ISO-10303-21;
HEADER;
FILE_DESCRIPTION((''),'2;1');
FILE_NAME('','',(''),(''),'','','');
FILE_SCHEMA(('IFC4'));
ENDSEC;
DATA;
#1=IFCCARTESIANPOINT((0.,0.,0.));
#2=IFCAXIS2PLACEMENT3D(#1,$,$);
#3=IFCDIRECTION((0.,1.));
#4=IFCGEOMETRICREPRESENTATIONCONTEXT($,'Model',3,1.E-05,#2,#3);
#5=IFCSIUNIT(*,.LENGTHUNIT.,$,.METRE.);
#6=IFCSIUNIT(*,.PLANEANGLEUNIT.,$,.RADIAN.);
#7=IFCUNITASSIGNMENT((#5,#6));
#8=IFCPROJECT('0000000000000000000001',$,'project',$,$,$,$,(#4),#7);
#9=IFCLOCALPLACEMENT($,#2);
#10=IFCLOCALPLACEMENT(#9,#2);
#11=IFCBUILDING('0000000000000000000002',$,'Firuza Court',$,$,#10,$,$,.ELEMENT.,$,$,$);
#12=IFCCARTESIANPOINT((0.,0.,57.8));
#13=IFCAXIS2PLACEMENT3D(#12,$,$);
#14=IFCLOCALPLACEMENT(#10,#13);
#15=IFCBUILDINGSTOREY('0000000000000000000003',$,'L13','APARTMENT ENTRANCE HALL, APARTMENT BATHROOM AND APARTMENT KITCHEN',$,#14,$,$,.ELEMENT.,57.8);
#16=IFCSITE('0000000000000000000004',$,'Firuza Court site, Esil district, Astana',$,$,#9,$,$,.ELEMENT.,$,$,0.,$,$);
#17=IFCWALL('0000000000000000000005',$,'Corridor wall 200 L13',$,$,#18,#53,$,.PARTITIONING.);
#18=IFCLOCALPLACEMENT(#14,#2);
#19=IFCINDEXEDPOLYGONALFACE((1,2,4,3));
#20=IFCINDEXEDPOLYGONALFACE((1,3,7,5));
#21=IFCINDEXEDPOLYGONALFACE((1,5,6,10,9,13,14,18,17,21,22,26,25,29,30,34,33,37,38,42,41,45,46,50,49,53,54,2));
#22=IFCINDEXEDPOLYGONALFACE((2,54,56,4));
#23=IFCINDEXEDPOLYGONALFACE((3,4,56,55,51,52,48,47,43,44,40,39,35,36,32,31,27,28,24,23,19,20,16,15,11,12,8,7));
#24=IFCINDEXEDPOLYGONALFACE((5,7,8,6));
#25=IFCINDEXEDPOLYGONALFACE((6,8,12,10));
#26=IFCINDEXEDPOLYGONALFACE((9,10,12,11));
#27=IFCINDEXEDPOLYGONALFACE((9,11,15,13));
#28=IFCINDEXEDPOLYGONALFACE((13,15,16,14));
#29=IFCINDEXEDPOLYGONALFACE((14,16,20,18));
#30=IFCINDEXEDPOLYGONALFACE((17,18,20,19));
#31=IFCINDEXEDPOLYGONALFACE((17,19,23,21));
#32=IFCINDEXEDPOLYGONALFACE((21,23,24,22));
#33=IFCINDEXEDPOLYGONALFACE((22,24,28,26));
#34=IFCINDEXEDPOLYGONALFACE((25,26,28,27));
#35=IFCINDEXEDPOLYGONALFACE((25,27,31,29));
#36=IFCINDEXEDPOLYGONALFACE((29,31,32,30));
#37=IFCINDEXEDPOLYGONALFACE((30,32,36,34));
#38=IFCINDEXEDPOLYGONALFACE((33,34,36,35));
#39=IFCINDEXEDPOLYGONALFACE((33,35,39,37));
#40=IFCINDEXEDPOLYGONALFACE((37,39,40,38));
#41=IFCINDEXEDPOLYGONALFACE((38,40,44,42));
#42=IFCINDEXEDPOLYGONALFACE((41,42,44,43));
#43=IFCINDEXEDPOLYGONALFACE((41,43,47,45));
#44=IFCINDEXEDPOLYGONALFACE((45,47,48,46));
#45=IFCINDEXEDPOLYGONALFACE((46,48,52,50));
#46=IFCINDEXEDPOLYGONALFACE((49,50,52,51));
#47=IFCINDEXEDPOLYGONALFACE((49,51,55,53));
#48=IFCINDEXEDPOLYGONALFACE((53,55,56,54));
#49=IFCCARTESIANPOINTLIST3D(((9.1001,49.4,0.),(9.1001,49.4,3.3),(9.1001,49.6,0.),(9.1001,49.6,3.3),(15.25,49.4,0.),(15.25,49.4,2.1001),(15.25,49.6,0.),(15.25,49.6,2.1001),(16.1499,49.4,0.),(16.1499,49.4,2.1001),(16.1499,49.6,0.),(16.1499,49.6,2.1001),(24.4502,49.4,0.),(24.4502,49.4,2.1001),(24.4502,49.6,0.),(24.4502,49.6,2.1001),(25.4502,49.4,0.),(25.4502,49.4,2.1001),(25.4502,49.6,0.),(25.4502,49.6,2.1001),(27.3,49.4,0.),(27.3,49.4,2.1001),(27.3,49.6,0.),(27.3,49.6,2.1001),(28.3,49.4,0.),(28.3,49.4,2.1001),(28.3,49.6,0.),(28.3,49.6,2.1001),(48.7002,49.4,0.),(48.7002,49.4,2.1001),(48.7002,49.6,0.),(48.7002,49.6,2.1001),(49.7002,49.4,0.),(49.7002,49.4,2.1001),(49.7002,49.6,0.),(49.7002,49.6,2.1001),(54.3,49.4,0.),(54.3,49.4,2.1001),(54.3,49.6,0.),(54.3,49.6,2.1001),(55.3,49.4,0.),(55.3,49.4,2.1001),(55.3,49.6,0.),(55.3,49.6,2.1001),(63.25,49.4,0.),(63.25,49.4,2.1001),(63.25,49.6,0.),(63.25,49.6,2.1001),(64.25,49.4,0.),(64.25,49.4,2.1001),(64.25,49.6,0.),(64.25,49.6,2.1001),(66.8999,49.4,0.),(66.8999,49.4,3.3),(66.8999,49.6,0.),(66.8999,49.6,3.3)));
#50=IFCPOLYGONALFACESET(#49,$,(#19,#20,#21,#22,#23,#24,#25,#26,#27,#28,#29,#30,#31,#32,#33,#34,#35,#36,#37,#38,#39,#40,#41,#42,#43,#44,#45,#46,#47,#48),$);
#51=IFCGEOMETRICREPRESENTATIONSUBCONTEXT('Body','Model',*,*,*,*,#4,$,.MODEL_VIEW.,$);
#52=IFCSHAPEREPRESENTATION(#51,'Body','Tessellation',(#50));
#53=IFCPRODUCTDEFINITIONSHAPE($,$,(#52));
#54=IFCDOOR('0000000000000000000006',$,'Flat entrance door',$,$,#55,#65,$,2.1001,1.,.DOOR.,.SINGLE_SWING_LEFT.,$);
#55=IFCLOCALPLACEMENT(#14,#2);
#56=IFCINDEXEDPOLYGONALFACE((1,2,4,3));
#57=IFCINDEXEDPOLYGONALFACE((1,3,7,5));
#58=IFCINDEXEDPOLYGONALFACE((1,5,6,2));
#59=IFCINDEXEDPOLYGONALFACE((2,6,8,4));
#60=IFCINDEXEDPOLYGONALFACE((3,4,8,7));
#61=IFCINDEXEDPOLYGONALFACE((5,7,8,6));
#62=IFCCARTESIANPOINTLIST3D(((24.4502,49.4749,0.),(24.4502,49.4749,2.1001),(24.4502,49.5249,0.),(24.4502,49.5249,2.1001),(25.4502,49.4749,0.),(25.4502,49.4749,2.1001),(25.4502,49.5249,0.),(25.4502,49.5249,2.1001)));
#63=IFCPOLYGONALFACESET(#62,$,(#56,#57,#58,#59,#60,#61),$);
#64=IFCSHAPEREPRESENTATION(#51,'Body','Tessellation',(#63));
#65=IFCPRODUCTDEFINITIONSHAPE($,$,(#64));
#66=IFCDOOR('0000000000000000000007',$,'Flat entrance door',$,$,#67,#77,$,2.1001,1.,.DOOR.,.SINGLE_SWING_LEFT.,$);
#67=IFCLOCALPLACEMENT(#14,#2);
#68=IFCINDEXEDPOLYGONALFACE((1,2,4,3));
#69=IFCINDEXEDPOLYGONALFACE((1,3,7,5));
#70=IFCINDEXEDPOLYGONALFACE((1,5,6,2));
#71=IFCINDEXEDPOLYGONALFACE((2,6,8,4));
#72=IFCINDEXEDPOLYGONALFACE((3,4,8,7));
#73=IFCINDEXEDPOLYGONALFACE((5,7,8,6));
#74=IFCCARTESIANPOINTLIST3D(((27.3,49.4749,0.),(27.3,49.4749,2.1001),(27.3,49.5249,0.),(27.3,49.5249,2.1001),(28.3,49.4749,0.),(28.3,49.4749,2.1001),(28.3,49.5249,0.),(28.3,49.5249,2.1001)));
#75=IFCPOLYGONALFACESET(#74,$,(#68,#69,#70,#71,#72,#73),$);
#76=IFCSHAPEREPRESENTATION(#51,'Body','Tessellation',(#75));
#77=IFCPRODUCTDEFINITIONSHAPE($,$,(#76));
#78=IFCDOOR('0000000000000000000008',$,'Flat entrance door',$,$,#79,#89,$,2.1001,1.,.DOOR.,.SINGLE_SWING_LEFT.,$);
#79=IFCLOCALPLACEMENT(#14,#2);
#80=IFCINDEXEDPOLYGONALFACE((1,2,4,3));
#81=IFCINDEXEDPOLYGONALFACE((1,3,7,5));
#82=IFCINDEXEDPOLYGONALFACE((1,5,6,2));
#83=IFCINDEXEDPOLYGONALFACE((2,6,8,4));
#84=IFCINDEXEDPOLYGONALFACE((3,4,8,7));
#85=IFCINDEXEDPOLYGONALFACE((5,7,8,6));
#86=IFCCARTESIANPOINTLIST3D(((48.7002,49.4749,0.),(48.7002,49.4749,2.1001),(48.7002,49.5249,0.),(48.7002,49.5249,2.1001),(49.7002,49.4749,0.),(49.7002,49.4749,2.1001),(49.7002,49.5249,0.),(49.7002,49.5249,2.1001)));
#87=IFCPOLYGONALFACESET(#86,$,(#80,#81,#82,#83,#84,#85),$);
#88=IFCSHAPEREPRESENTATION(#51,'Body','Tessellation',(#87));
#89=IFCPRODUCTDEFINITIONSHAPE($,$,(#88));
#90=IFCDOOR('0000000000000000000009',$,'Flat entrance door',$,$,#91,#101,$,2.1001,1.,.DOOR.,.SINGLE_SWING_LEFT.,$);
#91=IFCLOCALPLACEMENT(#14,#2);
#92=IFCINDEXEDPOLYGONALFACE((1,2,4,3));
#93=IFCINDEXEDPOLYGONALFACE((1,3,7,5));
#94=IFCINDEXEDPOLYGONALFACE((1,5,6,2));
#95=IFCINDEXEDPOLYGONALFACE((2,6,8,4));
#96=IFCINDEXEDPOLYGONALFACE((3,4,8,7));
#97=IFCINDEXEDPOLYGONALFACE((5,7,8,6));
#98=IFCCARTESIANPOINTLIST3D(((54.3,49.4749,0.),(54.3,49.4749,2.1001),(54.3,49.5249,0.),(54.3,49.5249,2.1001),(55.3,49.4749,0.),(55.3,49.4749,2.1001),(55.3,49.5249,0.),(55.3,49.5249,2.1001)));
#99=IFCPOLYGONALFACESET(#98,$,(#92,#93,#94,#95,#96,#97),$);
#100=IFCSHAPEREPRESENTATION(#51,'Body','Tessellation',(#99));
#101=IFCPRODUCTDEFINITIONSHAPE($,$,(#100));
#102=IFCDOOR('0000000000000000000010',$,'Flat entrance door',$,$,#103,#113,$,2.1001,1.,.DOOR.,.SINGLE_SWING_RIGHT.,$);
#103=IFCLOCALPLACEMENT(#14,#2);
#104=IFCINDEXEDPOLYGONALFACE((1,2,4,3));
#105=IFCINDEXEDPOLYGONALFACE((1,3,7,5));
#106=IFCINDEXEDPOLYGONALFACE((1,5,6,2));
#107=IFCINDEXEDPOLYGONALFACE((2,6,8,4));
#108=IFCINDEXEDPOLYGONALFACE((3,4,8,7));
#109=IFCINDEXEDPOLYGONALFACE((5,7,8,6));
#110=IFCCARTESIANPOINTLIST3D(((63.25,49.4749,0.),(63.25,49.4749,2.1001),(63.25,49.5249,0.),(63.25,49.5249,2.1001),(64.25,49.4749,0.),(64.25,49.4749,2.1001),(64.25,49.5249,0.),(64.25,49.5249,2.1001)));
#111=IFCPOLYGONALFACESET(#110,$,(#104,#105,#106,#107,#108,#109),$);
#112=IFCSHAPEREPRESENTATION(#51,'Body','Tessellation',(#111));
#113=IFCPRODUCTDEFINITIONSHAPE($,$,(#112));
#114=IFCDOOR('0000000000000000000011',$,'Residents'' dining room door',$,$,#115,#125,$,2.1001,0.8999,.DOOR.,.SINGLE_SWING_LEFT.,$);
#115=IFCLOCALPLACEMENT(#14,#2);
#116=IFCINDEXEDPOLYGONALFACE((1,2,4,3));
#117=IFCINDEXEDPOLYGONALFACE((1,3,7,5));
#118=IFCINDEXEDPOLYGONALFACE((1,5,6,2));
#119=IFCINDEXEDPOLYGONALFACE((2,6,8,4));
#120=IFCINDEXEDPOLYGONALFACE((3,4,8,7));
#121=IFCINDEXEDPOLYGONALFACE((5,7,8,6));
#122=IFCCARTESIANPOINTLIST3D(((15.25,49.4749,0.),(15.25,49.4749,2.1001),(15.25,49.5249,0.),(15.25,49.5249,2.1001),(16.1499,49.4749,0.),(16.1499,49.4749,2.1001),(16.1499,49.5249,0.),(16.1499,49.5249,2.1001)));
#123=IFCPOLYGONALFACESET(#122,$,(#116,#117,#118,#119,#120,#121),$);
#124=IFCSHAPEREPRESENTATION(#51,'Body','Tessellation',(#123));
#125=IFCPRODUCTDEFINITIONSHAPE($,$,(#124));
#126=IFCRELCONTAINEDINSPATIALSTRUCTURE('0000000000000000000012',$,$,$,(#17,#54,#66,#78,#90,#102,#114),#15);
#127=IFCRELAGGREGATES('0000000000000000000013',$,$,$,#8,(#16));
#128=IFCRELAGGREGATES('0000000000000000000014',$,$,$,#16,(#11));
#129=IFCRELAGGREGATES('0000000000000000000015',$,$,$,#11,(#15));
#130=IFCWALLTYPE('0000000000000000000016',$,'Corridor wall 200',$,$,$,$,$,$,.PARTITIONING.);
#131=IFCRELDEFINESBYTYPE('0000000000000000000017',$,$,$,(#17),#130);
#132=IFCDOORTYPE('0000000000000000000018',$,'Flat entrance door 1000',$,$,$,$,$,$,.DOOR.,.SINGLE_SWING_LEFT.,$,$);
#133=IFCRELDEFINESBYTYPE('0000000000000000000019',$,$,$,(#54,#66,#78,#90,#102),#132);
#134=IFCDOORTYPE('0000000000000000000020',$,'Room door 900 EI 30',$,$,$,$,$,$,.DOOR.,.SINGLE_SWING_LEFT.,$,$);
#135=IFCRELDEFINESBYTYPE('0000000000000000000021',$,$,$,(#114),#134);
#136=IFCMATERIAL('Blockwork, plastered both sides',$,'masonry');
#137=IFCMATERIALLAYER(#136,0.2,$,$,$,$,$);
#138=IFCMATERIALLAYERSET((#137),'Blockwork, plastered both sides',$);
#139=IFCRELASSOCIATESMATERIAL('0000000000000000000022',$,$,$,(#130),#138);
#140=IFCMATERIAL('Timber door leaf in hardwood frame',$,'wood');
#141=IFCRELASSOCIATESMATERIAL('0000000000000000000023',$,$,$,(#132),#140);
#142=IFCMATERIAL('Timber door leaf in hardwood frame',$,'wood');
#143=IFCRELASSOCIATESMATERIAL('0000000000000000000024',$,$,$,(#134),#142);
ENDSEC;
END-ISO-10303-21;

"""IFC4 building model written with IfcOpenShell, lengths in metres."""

from ifc_helpers import new_model, si_unit, direction, frame, frame_2d, origin, place, context, subcontext, project, spatial, rectangle, extrude, material, layer, layer_set, type_object, element, fill, save


model = new_model("IFC4")

# Units and contexts
model_context = context("Model", 3, precision=1e-05, world=origin(), true_north=direction((0.0, 1.0)))
body_context = subcontext(model_context, "Body", "Model", "MODEL_VIEW")
ifc_project = project(units=[si_unit("LENGTHUNIT", "METRE"), si_unit("PLANEANGLEUNIT", "RADIAN")], contexts=[model_context])

# Site, building, storey
site_placement = place(None, origin())
site = spatial("IfcSite", under=ifc_project, at=site_placement, Name="Firuza Court site, Esil district, Astana", CompositionType="ELEMENT", RefElevation=0.0)
building_placement = place(site_placement, origin())
building = spatial("IfcBuilding", under=site, at=building_placement, Name="Firuza Court", CompositionType="ELEMENT")
storey_placement = place(building_placement, frame((0.0, 0.0, 57.8)))
storey = spatial("IfcBuildingStorey", under=building, at=storey_placement, Name="L13", Description="APARTMENT ENTRANCE HALL, APARTMENT BATHROOM AND APARTMENT KITCHEN", CompositionType="ELEMENT", Elevation=57.8)

# Wall, openings, doors
ifc_material_1 = material(Name="Blockwork, plastered both sides", Category="masonry")
ifc_layer_1 = layer(ifc_material_1, 0.2)
ifc_layer_set_1 = layer_set([ifc_layer_1], Name="Blockwork, plastered both sides")
wall_type_1 = type_object("IfcWallType", Name="Corridor wall 200", PredefinedType="PARTITIONING", material=ifc_layer_set_1)
wall_1_placement = place(storey_placement, frame((9.1001, 49.5, 0.0), z_axis=(0.0, 0.0, 1.0), x_axis=(1.0, 0.0, 0.0)))
wall_1 = element("IfcWall", 1, at=wall_1_placement, inside=storey, type_object=wall_type_1, Name="Corridor wall 200 L13", PredefinedType="PARTITIONING", context=body_context, shape_type="SweptSolid", body=[
    extrude(rectangle(XDim=57.7998, YDim=0.2, at=frame_2d((28.8999, 0.0))), origin(), (0.0, 0.0, 1.0), 3.3),
])
opening_1_placement = place(wall_1_placement, frame((15.3501, 0.0, 0.0)))
opening_1 = element("IfcOpeningElement", 2, at=opening_1_placement, cuts=wall_1, PredefinedType="OPENING", context=body_context, shape_type="SweptSolid", body=[
    extrude(rectangle(XDim=1.0, YDim=2.1001, at=frame_2d((0.5, 1.05))), frame((0.0, 0.1118, 0.0), z_axis=(0.0, -1.0, 0.0), x_axis=(1.0, 0.0, 0.0)), (0.0, 0.0, 1.0), 0.2239),
])
opening_2_placement = place(wall_1_placement, frame((18.2, 0.0, 0.0)))
opening_2 = element("IfcOpeningElement", 3, at=opening_2_placement, cuts=wall_1, PredefinedType="OPENING", context=body_context, shape_type="SweptSolid", body=[
    extrude(rectangle(XDim=1.0, YDim=2.1001, at=frame_2d((0.5, 1.05))), frame((0.0, 0.1118, 0.0), z_axis=(0.0, -1.0, 0.0), x_axis=(1.0, 0.0, 0.0)), (0.0, 0.0, 1.0), 0.2239),
])
opening_3_placement = place(wall_1_placement, frame((39.6001, 0.0, 0.0)))
opening_3 = element("IfcOpeningElement", 4, at=opening_3_placement, cuts=wall_1, PredefinedType="OPENING", context=body_context, shape_type="SweptSolid", body=[
    extrude(rectangle(XDim=1.0, YDim=2.1001, at=frame_2d((0.5, 1.05))), frame((0.0, 0.1118, 0.0), z_axis=(0.0, -1.0, 0.0), x_axis=(1.0, 0.0, 0.0)), (0.0, 0.0, 1.0), 0.2239),
])
opening_4_placement = place(wall_1_placement, frame((45.2, 0.0, 0.0)))
opening_4 = element("IfcOpeningElement", 5, at=opening_4_placement, cuts=wall_1, PredefinedType="OPENING", context=body_context, shape_type="SweptSolid", body=[
    extrude(rectangle(XDim=1.0, YDim=2.1001, at=frame_2d((0.5, 1.05))), frame((0.0, 0.1118, 0.0), z_axis=(0.0, -1.0, 0.0), x_axis=(1.0, 0.0, 0.0)), (0.0, 0.0, 1.0), 0.2239),
])
opening_5_placement = place(wall_1_placement, frame((54.1499, 0.0, 0.0)))
opening_5 = element("IfcOpeningElement", 6, at=opening_5_placement, cuts=wall_1, PredefinedType="OPENING", context=body_context, shape_type="SweptSolid", body=[
    extrude(rectangle(XDim=1.0, YDim=2.1001, at=frame_2d((0.5, 1.05))), frame((0.0, 0.1118, 0.0), z_axis=(0.0, -1.0, 0.0), x_axis=(1.0, 0.0, 0.0)), (0.0, 0.0, 1.0), 0.2239),
])
opening_6_placement = place(wall_1_placement, frame((6.1499, 0.0, 0.0)))
opening_6 = element("IfcOpeningElement", 7, at=opening_6_placement, cuts=wall_1, PredefinedType="OPENING", context=body_context, shape_type="SweptSolid", body=[
    extrude(rectangle(XDim=0.8999, YDim=2.1001, at=frame_2d((0.45, 1.05))), frame((0.0, 0.1118, 0.0), z_axis=(0.0, -1.0, 0.0), x_axis=(1.0, 0.0, 0.0)), (0.0, 0.0, 1.0), 0.2239),
])
ifc_material_2 = material(Name="Timber door leaf in hardwood frame", Category="wood")
door_type_1 = type_object("IfcDoorType", Name="Flat entrance door 1000", OperationType="SINGLE_SWING_LEFT", PredefinedType="DOOR", material=ifc_material_2)
door_1_placement = place(opening_1_placement, origin())
door_1 = element("IfcDoor", 8, at=door_1_placement, inside=storey, type_object=door_type_1, Name="Flat entrance door", OperationType="SINGLE_SWING_LEFT", OverallHeight=2.1001, OverallWidth=1.0, PredefinedType="DOOR", context=body_context, shape_type="SweptSolid", body=[
    extrude(rectangle(XDim=1.0, YDim=2.1001, at=frame_2d((0.5, 1.05))), frame((0.0, 0.0249, 0.0), z_axis=(0.0, -1.0, 0.0), x_axis=(1.0, 0.0, 0.0)), (0.0, 0.0, 1.0), 0.05),
])
fill(opening_1, door_1)
door_2_placement = place(opening_2_placement, origin())
door_2 = element("IfcDoor", 9, at=door_2_placement, inside=storey, type_object=door_type_1, Name="Flat entrance door", OperationType="SINGLE_SWING_LEFT", OverallHeight=2.1001, OverallWidth=1.0, PredefinedType="DOOR", context=body_context, shape_type="SweptSolid", body=[
    extrude(rectangle(XDim=1.0, YDim=2.1001, at=frame_2d((0.5, 1.05))), frame((0.0, 0.0249, 0.0), z_axis=(0.0, -1.0, 0.0), x_axis=(1.0, 0.0, 0.0)), (0.0, 0.0, 1.0), 0.05),
])
fill(opening_2, door_2)
door_3_placement = place(opening_3_placement, origin())
door_3 = element("IfcDoor", 10, at=door_3_placement, inside=storey, type_object=door_type_1, Name="Flat entrance door", OperationType="SINGLE_SWING_LEFT", OverallHeight=2.1001, OverallWidth=1.0, PredefinedType="DOOR", context=body_context, shape_type="SweptSolid", body=[
    extrude(rectangle(XDim=1.0, YDim=2.1001, at=frame_2d((0.5, 1.05))), frame((0.0, 0.0249, 0.0), z_axis=(0.0, -1.0, 0.0), x_axis=(1.0, 0.0, 0.0)), (0.0, 0.0, 1.0), 0.05),
])
fill(opening_3, door_3)
door_4_placement = place(opening_4_placement, origin())
door_4 = element("IfcDoor", 11, at=door_4_placement, inside=storey, type_object=door_type_1, Name="Flat entrance door", OperationType="SINGLE_SWING_LEFT", OverallHeight=2.1001, OverallWidth=1.0, PredefinedType="DOOR", context=body_context, shape_type="SweptSolid", body=[
    extrude(rectangle(XDim=1.0, YDim=2.1001, at=frame_2d((0.5, 1.05))), frame((0.0, 0.0249, 0.0), z_axis=(0.0, -1.0, 0.0), x_axis=(1.0, 0.0, 0.0)), (0.0, 0.0, 1.0), 0.05),
])
fill(opening_4, door_4)
door_5_placement = place(opening_5_placement, origin())
door_5 = element("IfcDoor", 12, at=door_5_placement, inside=storey, type_object=door_type_1, Name="Flat entrance door", OperationType="SINGLE_SWING_RIGHT", OverallHeight=2.1001, OverallWidth=1.0, PredefinedType="DOOR", context=body_context, shape_type="SweptSolid", body=[
    extrude(rectangle(XDim=1.0, YDim=2.1001, at=frame_2d((0.5, 1.05))), frame((0.0, 0.0249, 0.0), z_axis=(0.0, -1.0, 0.0), x_axis=(1.0, 0.0, 0.0)), (0.0, 0.0, 1.0), 0.05),
])
fill(opening_5, door_5)
ifc_material_3 = material(Name="Timber door leaf in hardwood frame", Category="wood")
door_type_2 = type_object("IfcDoorType", Name="Room door 900 EI 30", OperationType="SINGLE_SWING_LEFT", PredefinedType="DOOR", material=ifc_material_3)
door_6_placement = place(opening_6_placement, origin())
door_6 = element("IfcDoor", 13, at=door_6_placement, inside=storey, type_object=door_type_2, Name="Residents' dining room door", OperationType="SINGLE_SWING_LEFT", OverallHeight=2.1001, OverallWidth=0.8999, PredefinedType="DOOR", context=body_context, shape_type="SweptSolid", body=[
    extrude(rectangle(XDim=0.8999, YDim=2.1001, at=frame_2d((0.45, 1.05))), frame((0.0, 0.0249, 0.0), z_axis=(0.0, -1.0, 0.0), x_axis=(1.0, 0.0, 0.0)), (0.0, 0.0, 1.0), 0.05),
])
fill(opening_6, door_6)

save(model, "model.ifc")
